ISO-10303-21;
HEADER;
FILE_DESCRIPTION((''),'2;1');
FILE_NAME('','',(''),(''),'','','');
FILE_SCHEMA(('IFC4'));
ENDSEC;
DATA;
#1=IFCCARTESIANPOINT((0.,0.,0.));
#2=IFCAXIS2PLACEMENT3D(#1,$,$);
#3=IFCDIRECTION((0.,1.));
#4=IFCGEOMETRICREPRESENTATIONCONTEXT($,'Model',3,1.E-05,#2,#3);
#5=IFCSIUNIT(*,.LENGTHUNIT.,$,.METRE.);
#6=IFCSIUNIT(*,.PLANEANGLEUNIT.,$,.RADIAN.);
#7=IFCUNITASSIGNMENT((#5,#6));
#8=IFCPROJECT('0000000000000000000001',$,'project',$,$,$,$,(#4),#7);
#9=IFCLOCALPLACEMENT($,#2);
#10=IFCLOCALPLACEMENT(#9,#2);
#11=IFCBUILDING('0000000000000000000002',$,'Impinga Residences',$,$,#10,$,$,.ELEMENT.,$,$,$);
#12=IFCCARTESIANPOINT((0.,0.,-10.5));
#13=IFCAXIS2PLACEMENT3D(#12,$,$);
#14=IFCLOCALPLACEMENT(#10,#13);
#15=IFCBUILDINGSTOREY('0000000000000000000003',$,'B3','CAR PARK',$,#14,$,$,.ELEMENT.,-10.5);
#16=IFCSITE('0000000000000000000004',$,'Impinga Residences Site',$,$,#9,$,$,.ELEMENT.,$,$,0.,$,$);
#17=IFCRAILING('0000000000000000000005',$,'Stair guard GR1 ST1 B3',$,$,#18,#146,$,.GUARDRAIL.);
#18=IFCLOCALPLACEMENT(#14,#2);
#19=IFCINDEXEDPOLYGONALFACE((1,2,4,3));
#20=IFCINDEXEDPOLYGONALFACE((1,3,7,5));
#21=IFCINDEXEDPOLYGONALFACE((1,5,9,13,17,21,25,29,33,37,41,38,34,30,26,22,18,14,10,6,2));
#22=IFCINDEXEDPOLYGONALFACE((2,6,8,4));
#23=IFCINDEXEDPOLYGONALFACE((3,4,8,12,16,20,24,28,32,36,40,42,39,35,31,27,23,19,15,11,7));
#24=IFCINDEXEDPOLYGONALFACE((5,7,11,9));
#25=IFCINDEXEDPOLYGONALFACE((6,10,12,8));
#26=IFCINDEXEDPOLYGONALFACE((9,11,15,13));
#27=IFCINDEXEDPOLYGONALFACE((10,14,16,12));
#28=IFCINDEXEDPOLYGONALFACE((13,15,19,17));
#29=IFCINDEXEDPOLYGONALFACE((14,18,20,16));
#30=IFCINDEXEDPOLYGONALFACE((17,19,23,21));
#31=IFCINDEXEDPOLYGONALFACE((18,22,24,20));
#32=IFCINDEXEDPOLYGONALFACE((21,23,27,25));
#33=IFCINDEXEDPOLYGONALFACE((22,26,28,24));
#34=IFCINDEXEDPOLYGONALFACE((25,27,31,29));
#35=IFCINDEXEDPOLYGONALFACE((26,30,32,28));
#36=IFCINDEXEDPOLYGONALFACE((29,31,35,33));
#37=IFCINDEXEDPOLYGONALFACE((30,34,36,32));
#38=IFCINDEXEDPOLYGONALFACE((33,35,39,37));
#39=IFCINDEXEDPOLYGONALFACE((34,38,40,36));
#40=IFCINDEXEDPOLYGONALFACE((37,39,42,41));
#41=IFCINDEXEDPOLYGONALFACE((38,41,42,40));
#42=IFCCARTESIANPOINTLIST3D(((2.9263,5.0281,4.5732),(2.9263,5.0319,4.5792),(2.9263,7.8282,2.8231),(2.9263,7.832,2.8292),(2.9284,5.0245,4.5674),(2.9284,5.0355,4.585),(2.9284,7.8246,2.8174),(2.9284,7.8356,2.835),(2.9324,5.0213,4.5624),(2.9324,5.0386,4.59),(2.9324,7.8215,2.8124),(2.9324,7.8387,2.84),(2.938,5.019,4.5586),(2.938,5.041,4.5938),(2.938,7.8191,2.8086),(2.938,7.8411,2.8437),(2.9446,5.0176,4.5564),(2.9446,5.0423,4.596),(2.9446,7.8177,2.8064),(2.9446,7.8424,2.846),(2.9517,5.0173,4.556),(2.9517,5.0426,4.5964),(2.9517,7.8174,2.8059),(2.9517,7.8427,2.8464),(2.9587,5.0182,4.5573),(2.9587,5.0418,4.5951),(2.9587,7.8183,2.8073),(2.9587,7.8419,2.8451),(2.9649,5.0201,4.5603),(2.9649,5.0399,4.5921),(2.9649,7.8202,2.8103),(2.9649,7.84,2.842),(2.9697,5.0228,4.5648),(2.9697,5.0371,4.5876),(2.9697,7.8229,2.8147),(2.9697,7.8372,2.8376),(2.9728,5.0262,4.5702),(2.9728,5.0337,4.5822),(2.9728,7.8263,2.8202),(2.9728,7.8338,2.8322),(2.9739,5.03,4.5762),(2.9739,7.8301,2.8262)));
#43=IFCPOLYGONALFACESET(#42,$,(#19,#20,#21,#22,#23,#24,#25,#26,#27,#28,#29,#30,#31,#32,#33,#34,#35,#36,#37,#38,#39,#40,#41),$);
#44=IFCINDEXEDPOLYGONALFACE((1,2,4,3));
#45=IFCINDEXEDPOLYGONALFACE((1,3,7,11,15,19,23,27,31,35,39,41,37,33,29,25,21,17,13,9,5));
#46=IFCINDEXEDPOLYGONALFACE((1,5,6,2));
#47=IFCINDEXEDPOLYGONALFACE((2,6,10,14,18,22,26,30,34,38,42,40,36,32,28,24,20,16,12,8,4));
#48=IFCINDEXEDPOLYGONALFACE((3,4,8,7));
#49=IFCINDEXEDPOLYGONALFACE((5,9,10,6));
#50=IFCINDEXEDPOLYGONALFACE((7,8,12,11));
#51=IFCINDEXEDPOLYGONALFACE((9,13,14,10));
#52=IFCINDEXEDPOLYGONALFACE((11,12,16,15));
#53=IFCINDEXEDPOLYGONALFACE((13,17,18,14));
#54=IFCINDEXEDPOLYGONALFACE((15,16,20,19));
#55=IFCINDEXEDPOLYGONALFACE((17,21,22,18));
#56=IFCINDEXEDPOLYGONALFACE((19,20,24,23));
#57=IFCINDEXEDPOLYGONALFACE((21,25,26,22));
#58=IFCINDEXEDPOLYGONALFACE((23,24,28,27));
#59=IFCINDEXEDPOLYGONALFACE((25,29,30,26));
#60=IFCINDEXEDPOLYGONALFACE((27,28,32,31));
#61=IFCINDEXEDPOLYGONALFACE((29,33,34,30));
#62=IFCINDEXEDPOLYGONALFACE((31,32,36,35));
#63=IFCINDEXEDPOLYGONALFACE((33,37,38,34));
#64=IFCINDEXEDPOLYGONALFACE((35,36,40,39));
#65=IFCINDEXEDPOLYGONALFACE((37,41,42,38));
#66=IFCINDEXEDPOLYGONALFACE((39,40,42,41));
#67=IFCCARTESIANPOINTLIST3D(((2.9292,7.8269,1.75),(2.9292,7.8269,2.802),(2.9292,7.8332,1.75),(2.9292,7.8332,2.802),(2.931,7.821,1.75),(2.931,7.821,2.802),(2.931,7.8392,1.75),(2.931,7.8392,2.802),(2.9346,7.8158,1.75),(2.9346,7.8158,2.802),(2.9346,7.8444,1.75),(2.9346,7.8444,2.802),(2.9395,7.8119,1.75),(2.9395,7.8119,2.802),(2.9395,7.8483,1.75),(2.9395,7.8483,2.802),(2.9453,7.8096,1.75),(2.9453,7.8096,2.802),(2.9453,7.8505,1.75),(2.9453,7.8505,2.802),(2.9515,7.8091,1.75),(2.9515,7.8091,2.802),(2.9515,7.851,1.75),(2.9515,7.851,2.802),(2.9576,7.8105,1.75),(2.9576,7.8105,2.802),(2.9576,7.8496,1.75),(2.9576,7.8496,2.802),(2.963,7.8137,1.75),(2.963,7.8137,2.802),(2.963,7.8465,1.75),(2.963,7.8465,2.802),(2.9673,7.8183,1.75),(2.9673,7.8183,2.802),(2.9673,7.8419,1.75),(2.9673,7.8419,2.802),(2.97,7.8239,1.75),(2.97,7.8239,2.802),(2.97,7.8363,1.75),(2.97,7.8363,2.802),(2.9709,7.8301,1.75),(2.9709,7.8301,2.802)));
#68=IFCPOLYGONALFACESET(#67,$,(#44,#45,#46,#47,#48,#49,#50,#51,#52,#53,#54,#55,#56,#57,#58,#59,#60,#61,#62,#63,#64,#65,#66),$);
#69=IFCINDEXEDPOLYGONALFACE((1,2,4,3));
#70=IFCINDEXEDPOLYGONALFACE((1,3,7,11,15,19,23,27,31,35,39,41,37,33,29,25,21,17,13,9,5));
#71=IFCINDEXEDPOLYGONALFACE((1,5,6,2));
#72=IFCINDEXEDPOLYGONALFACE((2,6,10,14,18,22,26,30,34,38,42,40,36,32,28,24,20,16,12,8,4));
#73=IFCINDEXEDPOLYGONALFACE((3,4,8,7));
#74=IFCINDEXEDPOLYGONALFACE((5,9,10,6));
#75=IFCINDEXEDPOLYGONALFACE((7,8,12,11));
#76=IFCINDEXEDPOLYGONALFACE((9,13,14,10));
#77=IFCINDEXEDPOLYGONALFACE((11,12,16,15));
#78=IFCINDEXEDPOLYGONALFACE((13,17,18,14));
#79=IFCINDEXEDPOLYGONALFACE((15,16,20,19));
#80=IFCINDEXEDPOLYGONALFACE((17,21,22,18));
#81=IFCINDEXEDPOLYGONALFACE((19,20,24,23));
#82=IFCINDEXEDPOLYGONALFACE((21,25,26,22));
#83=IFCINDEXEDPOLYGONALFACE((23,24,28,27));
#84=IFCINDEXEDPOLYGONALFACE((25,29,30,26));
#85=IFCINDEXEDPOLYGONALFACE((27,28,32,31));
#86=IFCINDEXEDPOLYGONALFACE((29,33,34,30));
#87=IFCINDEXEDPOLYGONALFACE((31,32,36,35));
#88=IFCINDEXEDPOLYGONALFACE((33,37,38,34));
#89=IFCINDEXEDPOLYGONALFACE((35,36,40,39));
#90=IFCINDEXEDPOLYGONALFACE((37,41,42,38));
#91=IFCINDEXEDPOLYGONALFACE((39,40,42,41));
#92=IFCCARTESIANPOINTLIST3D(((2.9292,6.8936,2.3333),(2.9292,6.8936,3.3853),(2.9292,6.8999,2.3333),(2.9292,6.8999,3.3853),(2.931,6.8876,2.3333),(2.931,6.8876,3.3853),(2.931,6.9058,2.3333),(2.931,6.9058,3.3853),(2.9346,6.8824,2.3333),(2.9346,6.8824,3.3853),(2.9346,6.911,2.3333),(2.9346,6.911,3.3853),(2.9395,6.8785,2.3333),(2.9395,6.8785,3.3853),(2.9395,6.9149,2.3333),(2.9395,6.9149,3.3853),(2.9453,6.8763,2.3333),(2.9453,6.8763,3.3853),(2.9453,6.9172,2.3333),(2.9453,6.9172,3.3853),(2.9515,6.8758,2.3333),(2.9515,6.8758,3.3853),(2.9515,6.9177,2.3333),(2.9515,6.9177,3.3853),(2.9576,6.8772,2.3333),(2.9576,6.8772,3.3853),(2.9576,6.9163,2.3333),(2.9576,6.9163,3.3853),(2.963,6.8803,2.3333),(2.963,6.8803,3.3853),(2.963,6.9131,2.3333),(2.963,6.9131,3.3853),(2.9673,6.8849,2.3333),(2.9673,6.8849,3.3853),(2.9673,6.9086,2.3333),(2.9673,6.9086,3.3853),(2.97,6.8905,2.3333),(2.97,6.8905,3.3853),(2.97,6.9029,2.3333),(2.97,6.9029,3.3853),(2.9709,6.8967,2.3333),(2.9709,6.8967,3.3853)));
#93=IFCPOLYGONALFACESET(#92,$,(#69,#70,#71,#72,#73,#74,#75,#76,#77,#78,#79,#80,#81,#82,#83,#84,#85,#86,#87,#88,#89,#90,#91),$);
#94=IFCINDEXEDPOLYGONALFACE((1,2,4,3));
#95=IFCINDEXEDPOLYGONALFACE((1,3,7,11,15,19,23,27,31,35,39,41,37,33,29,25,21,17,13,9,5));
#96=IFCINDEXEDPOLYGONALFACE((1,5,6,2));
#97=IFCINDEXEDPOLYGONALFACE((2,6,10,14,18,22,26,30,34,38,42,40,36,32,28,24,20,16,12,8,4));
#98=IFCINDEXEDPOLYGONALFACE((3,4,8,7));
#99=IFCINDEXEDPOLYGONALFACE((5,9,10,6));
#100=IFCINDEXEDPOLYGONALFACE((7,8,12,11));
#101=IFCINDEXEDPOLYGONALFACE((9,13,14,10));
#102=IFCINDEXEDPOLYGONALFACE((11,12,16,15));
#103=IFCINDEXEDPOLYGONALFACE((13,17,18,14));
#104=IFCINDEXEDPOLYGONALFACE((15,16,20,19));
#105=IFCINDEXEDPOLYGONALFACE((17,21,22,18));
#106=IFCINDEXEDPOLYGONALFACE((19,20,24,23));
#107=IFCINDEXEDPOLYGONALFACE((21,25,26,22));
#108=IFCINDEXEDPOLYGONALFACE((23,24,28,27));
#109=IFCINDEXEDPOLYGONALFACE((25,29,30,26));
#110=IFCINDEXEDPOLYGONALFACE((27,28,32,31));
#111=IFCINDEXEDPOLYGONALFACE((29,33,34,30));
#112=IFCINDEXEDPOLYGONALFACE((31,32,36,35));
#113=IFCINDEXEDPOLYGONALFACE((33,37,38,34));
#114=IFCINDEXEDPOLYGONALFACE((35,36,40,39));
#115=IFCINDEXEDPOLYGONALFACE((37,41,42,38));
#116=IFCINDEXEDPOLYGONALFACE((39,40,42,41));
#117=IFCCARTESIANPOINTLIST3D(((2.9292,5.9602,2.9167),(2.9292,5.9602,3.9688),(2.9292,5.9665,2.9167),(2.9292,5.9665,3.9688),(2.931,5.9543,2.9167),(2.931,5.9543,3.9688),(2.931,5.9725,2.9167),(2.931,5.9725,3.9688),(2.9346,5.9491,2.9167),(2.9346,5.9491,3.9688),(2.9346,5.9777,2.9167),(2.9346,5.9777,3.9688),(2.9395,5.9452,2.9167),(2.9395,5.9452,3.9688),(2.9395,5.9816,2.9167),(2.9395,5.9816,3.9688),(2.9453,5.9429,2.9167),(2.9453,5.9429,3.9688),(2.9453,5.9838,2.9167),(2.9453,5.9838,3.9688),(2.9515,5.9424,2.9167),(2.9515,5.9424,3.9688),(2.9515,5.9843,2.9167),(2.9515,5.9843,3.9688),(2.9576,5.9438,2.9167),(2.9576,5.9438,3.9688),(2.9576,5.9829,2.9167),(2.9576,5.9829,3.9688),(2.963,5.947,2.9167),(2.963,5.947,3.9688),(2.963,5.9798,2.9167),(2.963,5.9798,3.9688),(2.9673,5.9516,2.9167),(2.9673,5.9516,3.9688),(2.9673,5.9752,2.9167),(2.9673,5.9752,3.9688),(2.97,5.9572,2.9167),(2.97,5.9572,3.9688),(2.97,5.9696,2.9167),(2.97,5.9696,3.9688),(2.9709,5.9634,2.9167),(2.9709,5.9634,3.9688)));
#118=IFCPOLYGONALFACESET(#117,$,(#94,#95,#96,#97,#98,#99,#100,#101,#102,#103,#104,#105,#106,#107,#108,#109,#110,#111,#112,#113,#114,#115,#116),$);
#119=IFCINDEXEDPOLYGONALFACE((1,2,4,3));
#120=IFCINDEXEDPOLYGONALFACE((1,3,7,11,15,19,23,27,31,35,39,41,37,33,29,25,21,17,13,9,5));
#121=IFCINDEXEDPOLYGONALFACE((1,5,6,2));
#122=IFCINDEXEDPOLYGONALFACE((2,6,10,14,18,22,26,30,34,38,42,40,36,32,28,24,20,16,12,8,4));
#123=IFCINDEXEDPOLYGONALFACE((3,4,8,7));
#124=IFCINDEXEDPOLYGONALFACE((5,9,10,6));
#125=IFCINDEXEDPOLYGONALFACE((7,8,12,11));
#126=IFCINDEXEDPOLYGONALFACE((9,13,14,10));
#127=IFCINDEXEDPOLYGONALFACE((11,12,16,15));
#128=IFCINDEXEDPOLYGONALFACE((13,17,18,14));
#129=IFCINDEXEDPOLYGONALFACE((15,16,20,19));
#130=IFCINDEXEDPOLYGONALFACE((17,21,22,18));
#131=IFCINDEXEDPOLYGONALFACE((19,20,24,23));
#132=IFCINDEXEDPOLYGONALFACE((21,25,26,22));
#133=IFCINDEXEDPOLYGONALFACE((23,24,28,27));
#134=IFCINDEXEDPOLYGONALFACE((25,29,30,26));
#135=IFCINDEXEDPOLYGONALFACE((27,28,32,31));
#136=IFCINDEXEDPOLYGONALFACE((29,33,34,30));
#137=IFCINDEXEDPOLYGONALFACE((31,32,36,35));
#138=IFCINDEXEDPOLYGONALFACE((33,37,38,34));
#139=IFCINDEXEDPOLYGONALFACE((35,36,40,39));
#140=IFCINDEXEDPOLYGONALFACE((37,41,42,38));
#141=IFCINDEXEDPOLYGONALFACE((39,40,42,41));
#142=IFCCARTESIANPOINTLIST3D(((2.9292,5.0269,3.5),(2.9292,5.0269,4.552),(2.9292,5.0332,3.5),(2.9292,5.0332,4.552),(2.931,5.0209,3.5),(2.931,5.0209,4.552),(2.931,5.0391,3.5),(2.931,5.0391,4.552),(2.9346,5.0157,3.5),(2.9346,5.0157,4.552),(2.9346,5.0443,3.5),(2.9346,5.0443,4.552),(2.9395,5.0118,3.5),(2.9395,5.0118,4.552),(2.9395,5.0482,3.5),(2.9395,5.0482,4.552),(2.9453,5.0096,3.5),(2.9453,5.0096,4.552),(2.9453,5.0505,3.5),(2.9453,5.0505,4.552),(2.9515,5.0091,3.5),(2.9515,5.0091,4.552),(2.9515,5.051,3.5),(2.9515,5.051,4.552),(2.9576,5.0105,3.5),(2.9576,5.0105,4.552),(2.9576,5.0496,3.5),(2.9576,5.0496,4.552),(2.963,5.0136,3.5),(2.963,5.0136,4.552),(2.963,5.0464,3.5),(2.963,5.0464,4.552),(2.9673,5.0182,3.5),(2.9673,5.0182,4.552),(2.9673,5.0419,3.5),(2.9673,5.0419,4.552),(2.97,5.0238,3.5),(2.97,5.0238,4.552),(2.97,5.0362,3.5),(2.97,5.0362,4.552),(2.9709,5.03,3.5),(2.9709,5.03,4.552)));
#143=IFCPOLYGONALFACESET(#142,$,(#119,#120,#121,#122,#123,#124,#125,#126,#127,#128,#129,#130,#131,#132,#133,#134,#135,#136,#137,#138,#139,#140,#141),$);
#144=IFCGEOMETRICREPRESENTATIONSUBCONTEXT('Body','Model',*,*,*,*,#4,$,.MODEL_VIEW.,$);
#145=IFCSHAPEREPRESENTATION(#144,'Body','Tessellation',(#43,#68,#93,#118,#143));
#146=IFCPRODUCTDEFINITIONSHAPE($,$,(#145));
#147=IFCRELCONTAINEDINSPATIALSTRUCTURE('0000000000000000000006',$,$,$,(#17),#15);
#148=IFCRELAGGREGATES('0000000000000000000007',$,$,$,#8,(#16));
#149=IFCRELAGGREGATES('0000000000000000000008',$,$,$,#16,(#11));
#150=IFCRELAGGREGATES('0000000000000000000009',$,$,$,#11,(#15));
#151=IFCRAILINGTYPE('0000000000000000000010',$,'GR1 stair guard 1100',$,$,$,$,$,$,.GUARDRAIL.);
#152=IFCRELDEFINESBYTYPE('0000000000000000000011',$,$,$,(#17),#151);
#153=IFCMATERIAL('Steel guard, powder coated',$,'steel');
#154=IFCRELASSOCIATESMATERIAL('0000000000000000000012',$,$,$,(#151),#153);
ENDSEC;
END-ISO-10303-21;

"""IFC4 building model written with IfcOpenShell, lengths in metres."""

from ifc_helpers import new_model, si_unit, direction, frame, origin, origin_2d, place, context, subcontext, project, spatial, circle, extrude, material, type_object, element, save


model = new_model("IFC4")

# Units and contexts
model_context = context("Model", 3, precision=1e-05, world=origin(), true_north=direction((0.0, 1.0)))
body_context = subcontext(model_context, "Body", "Model", "MODEL_VIEW")
ifc_project = project(units=[si_unit("LENGTHUNIT", "METRE"), si_unit("PLANEANGLEUNIT", "RADIAN")], contexts=[model_context])

# Site, building, storey
site_placement = place(None, origin())
site = spatial("IfcSite", under=ifc_project, at=site_placement, Name="Impinga Residences Site", CompositionType="ELEMENT", RefElevation=0.0)
building_placement = place(site_placement, origin())
building = spatial("IfcBuilding", under=site, at=building_placement, Name="Impinga Residences", CompositionType="ELEMENT")
storey_placement = place(building_placement, frame((0.0, 0.0, -10.5)))
storey = spatial("IfcBuildingStorey", under=building, at=storey_placement, Name="B3", Description="CAR PARK", CompositionType="ELEMENT", Elevation=-10.5)

# Railing
ifc_material_1 = material(Name="Steel guard, powder coated", Category="steel")
railing_type_1 = type_object("IfcRailingType", Name="GR1 stair guard 1100", PredefinedType="GUARDRAIL", material=ifc_material_1)
railing_1_placement = place(storey_placement, frame((2.95, 7.8301, 1.75)))
element("IfcRailing", 1, at=railing_1_placement, inside=storey, type_object=railing_type_1, Name="Stair guard GR1 ST1 B3", PredefinedType="GUARDRAIL", context=body_context, shape_type="SweptSolid", body=[
    extrude(circle(Radius=0.0239, at=origin_2d()), frame((0.0, 0.0, 1.0762), z_axis=(0.0, -0.848002, 0.529992), x_axis=(1.0, 0.0, 0.0)), (0.0, 0.0, 1.0), 3.302),
    extrude(circle(Radius=0.021, at=origin_2d()), origin(), (0.0, 0.0, 1.0), 1.052),
    extrude(circle(Radius=0.021, at=origin_2d()), frame((0.0, -0.9333, 0.5833)), (0.0, 0.0, 1.0), 1.052),
    extrude(circle(Radius=0.021, at=origin_2d()), frame((0.0, -1.8667, 1.1667)), (0.0, 0.0, 1.0), 1.052),
    extrude(circle(Radius=0.021, at=origin_2d()), frame((0.0, -2.8, 1.75)), (0.0, 0.0, 1.0), 1.052),
])

save(model, "model.ifc")
